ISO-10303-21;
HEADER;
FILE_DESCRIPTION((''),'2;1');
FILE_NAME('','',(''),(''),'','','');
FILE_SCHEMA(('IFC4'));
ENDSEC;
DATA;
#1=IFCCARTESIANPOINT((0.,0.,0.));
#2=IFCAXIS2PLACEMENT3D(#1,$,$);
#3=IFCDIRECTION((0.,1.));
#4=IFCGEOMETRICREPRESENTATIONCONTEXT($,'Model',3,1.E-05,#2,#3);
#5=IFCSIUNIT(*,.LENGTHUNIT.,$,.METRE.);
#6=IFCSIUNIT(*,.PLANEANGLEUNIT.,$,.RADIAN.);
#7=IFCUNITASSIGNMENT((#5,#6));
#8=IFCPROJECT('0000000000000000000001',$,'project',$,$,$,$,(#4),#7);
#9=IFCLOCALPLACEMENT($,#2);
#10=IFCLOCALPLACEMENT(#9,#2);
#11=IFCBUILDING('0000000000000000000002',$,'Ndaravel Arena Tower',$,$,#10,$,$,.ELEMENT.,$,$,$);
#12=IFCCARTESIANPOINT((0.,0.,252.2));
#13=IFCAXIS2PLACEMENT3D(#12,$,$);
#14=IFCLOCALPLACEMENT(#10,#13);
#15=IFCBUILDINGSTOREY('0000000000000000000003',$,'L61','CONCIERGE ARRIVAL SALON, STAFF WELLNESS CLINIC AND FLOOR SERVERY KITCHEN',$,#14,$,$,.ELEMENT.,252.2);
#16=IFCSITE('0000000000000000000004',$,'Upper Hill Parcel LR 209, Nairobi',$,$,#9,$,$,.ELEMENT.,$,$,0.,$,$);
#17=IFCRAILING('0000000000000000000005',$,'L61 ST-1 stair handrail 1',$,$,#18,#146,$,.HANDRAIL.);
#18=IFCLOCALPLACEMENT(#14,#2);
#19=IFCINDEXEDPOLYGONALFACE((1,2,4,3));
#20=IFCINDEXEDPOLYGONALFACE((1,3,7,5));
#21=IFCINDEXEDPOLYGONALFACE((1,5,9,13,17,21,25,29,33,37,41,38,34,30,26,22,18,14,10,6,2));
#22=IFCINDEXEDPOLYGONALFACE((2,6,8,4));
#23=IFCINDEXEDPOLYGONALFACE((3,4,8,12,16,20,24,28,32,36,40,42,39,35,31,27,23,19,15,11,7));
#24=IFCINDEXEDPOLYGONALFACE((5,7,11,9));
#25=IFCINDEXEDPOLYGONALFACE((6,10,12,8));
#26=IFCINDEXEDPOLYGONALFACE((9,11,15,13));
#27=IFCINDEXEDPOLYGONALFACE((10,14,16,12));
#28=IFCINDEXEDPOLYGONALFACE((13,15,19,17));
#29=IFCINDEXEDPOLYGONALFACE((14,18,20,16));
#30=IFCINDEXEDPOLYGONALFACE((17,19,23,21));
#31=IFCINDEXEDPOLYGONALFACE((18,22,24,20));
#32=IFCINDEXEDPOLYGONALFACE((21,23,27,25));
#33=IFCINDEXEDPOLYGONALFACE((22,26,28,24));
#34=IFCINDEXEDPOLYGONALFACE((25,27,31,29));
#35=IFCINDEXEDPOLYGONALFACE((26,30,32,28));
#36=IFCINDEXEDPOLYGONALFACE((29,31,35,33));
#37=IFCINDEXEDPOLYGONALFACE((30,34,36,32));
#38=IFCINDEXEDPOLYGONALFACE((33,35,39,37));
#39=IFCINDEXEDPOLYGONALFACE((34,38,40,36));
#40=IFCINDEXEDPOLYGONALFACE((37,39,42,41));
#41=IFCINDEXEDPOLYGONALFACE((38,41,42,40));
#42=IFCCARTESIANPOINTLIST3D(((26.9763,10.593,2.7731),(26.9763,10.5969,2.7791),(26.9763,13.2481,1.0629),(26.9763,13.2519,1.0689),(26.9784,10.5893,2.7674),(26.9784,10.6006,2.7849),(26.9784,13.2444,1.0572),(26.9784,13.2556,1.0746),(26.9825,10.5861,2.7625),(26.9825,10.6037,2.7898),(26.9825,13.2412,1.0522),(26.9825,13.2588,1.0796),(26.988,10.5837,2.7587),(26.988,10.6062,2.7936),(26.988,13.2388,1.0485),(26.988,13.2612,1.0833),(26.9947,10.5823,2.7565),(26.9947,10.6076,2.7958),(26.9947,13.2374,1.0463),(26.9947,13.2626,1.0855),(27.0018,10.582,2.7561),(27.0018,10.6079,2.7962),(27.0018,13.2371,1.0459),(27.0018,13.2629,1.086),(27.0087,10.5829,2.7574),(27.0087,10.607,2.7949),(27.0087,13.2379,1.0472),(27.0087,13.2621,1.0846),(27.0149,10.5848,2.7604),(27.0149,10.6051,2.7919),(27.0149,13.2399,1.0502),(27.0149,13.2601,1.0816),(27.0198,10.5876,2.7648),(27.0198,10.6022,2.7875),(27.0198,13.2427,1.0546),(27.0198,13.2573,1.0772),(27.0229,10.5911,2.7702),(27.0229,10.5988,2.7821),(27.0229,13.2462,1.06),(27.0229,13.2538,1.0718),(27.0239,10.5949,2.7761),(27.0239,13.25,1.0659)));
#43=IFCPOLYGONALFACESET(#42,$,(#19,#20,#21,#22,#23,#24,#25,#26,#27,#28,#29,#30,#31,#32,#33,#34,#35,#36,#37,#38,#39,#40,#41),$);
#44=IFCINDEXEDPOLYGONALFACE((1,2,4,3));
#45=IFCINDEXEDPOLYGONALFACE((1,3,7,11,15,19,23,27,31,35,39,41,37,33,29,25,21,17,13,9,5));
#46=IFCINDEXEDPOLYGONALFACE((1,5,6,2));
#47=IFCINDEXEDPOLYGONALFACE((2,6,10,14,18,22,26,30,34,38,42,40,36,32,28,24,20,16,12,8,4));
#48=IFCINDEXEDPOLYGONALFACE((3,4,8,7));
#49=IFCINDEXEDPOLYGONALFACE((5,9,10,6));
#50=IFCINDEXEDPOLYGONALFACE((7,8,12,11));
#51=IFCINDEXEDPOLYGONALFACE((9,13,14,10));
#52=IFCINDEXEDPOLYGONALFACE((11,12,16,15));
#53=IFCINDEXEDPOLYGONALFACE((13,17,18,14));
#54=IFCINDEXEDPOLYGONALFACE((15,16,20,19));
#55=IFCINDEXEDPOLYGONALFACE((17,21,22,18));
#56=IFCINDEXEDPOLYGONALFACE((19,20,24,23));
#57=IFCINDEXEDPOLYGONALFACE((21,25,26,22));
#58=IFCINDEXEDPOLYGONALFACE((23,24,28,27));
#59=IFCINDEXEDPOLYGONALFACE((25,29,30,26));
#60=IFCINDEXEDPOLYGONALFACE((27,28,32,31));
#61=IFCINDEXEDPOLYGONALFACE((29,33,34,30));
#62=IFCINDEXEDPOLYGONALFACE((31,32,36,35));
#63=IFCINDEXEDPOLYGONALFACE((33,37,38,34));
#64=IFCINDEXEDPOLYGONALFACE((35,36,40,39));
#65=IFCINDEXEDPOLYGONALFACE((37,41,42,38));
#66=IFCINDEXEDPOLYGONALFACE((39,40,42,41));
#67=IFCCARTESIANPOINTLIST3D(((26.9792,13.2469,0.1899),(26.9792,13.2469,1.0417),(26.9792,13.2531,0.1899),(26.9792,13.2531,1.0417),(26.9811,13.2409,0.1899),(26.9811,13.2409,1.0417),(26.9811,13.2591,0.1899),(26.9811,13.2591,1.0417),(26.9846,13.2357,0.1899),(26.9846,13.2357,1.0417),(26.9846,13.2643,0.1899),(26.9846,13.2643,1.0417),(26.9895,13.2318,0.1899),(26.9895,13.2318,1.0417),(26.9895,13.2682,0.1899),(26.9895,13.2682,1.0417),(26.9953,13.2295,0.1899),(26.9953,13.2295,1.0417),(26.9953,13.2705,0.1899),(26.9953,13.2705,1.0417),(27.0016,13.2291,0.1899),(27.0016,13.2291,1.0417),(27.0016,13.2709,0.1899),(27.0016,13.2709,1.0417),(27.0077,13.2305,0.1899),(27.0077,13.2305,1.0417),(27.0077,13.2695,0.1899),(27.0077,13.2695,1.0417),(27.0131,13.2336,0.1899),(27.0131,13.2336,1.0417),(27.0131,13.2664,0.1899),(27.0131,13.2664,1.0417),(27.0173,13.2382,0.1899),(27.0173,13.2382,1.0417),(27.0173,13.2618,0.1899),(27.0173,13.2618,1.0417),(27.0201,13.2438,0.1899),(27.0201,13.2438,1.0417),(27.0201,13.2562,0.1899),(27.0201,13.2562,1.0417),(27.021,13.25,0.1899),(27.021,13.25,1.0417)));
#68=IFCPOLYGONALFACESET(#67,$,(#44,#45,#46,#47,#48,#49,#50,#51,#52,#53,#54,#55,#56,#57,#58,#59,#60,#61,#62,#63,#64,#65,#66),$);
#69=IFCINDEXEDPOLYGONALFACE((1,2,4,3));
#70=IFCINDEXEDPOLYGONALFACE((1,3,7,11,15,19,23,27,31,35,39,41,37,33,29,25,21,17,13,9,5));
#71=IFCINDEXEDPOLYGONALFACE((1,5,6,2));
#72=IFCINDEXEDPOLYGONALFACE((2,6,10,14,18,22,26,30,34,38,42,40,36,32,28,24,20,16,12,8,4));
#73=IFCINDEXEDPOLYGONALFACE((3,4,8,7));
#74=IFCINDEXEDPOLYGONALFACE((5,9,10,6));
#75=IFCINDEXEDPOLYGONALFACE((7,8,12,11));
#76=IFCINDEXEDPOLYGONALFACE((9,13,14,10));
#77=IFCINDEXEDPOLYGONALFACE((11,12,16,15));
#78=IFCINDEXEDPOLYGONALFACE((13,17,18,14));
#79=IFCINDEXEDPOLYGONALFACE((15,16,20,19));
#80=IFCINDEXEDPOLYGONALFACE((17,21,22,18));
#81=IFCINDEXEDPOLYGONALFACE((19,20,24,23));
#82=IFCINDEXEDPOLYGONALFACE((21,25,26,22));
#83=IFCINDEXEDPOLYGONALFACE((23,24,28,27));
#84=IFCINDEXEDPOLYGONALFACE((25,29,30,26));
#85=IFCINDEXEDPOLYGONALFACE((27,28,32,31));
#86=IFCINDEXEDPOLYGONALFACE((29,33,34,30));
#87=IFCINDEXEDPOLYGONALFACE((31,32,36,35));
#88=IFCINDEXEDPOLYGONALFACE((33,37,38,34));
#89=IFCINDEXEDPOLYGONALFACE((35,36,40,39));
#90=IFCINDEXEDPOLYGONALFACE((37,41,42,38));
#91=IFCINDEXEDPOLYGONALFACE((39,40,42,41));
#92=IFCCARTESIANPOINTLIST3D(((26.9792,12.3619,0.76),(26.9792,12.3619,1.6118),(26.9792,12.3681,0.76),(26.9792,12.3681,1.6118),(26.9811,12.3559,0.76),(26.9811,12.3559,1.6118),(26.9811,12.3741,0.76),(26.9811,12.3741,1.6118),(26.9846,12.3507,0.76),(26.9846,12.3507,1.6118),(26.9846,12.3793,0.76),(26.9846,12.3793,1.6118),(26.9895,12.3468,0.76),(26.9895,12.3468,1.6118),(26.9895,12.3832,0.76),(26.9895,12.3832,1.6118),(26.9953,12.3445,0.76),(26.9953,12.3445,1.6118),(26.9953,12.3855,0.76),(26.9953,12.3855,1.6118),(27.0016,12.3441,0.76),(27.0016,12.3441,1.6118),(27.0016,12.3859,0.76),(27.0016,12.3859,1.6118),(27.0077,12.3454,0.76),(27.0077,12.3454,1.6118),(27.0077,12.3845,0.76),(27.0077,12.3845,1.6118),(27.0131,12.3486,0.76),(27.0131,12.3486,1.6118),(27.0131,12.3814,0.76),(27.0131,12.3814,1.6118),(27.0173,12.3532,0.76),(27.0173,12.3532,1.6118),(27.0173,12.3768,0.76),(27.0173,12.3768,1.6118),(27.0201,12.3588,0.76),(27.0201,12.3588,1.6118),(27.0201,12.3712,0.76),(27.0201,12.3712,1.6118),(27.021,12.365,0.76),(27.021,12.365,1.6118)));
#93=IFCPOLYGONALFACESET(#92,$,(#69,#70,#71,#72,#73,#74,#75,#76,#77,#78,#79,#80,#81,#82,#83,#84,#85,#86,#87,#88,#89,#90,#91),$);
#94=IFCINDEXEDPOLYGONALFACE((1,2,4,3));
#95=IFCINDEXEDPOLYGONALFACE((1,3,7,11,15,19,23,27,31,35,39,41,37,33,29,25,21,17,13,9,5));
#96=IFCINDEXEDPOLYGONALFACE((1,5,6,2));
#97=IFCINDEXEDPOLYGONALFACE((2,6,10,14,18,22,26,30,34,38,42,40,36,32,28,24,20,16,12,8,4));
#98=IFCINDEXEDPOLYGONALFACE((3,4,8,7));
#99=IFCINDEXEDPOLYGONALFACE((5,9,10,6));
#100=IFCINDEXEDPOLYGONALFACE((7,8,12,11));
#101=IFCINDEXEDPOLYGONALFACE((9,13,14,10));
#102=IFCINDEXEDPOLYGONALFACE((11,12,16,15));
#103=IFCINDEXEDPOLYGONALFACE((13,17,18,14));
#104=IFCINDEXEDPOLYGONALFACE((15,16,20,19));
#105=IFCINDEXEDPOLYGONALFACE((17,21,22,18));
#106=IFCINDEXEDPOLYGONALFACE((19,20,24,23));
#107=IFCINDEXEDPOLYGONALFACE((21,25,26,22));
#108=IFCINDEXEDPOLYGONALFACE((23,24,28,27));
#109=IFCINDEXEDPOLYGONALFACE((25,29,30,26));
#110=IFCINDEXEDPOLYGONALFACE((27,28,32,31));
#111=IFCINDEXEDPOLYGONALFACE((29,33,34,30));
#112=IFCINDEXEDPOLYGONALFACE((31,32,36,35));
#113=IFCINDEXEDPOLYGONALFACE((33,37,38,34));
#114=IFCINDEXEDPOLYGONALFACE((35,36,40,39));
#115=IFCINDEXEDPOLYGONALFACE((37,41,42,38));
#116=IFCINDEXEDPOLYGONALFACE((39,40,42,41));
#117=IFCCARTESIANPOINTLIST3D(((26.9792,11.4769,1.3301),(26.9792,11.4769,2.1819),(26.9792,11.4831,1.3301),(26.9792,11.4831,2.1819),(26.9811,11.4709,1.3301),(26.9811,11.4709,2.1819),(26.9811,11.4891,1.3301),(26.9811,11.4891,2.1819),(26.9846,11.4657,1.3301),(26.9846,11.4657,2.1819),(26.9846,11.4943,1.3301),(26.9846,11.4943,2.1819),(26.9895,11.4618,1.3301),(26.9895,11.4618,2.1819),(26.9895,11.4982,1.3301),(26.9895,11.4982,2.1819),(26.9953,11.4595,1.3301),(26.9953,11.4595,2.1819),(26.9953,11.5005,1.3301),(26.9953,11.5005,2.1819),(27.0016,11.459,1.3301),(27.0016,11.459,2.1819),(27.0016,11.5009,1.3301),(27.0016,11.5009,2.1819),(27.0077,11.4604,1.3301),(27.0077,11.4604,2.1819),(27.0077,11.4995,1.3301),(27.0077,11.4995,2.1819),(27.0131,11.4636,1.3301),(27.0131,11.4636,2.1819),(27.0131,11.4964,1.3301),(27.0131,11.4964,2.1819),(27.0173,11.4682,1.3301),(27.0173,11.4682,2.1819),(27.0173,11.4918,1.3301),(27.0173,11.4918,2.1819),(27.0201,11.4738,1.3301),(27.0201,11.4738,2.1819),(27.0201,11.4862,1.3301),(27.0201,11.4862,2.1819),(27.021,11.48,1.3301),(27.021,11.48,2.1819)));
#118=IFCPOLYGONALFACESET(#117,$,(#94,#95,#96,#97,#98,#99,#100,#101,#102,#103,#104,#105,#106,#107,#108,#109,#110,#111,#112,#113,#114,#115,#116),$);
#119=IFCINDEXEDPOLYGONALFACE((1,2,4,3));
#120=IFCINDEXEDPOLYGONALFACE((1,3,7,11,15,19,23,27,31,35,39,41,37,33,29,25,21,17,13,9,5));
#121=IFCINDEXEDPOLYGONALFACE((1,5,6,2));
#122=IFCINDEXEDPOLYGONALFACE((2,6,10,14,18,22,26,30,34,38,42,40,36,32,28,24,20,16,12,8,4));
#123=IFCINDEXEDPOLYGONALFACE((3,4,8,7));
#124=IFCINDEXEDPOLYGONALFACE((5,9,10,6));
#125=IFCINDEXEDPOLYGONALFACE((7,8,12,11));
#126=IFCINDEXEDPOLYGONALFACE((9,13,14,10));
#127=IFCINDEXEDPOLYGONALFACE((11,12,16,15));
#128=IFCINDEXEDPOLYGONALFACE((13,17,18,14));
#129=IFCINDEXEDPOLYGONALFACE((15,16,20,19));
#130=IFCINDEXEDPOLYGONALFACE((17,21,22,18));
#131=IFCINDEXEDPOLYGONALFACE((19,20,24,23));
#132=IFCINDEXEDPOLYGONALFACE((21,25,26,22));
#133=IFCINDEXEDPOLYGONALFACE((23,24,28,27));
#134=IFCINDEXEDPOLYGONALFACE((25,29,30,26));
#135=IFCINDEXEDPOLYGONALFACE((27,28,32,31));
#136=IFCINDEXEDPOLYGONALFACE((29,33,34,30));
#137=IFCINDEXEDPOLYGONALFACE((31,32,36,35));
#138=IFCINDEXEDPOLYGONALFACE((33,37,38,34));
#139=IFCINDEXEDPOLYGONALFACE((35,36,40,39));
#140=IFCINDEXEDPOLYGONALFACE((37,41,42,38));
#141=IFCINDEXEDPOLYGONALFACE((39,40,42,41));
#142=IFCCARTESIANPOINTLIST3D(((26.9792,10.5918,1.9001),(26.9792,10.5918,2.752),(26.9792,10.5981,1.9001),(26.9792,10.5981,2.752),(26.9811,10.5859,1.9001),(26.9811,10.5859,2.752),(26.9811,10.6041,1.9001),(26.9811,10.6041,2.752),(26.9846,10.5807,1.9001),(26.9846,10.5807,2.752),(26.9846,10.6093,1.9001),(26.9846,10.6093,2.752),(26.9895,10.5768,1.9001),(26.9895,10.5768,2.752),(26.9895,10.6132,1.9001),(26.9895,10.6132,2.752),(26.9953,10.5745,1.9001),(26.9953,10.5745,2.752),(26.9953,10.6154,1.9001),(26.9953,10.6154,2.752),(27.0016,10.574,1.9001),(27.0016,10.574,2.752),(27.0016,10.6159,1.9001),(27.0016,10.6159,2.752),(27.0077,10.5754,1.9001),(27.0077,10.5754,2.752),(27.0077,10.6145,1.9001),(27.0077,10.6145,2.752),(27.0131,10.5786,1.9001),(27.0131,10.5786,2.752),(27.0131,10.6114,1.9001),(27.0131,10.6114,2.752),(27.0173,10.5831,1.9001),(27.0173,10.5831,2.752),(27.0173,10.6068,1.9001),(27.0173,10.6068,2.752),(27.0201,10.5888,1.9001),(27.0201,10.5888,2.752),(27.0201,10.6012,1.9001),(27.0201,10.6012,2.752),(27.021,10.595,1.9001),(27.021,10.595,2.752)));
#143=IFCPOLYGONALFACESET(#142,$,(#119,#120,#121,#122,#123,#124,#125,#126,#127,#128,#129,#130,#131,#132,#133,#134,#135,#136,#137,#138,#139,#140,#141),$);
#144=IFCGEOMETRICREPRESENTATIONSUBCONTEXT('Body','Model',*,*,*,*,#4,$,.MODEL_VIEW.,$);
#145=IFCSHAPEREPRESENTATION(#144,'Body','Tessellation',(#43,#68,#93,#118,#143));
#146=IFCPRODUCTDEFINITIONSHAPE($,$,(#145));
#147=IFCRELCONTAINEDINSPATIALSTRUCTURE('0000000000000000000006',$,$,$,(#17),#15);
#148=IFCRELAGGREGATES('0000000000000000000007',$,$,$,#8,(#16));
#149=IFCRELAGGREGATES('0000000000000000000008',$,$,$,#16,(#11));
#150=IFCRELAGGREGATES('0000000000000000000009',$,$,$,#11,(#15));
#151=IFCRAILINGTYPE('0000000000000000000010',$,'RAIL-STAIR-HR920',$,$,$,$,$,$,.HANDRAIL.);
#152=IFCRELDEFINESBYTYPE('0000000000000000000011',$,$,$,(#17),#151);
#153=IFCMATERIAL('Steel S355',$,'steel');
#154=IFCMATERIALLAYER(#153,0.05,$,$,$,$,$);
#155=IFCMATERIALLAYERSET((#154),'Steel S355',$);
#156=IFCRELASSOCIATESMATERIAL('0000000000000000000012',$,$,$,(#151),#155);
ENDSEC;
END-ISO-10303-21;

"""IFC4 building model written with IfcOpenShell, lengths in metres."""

from ifc_helpers import new_model, si_unit, direction, frame, origin, origin_2d, place, context, subcontext, project, spatial, circle, extrude, material, layer, layer_set, type_object, element, save


model = new_model("IFC4")

# Units and contexts
model_context = context("Model", 3, precision=1e-05, world=origin(), true_north=direction((0.0, 1.0)))
body_context = subcontext(model_context, "Body", "Model", "MODEL_VIEW")
ifc_project = project(units=[si_unit("LENGTHUNIT", "METRE"), si_unit("PLANEANGLEUNIT", "RADIAN")], contexts=[model_context])

# Site, building, storey
site_placement = place(None, origin())
site = spatial("IfcSite", under=ifc_project, at=site_placement, Name="Upper Hill Parcel LR 209, Nairobi", CompositionType="ELEMENT", RefElevation=0.0)
building_placement = place(site_placement, origin())
building = spatial("IfcBuilding", under=site, at=building_placement, Name="Ndaravel Arena Tower", CompositionType="ELEMENT")
storey_placement = place(building_placement, frame((0.0, 0.0, 252.2)))
storey = spatial("IfcBuildingStorey", under=building, at=storey_placement, Name="L61", Description="CONCIERGE ARRIVAL SALON, STAFF WELLNESS CLINIC AND FLOOR SERVERY KITCHEN", CompositionType="ELEMENT", Elevation=252.2)

# Railing
ifc_material_1 = material(Name="Steel S355", Category="steel")
ifc_layer_1 = layer(ifc_material_1, 0.05)
ifc_layer_set_1 = layer_set([ifc_layer_1], Name="Steel S355")
railing_type_1 = type_object("IfcRailingType", Name="RAIL-STAIR-HR920", PredefinedType="HANDRAIL", material=ifc_layer_set_1)
railing_1_placement = place(storey_placement, frame((27.0, 13.25, 0.1899)))
element("IfcRailing", 1, at=railing_1_placement, inside=storey, type_object=railing_type_1, Name="L61 ST-1 stair handrail 1", PredefinedType="HANDRAIL", context=body_context, shape_type="SweptSolid", body=[
    extrude(circle(Radius=0.0239, at=origin_2d()), frame((0.0, 0.0, 0.876), z_axis=(0.0, -0.840688, 0.541519), x_axis=(1.0, 0.0, 0.0)), (0.0, 0.0, 1.0), 3.1582),
    extrude(circle(Radius=0.021, at=origin_2d()), origin(), (0.0, 0.0, 1.0), 0.8518),
    extrude(circle(Radius=0.021, at=origin_2d()), frame((0.0, -0.885, 0.5701)), (0.0, 0.0, 1.0), 0.8518),
    extrude(circle(Radius=0.021, at=origin_2d()), frame((0.0, -1.77, 1.1401)), (0.0, 0.0, 1.0), 0.8518),
    extrude(circle(Radius=0.021, at=origin_2d()), frame((0.0, -2.655, 1.7102)), (0.0, 0.0, 1.0), 0.8518),
])

save(model, "model.ifc")
